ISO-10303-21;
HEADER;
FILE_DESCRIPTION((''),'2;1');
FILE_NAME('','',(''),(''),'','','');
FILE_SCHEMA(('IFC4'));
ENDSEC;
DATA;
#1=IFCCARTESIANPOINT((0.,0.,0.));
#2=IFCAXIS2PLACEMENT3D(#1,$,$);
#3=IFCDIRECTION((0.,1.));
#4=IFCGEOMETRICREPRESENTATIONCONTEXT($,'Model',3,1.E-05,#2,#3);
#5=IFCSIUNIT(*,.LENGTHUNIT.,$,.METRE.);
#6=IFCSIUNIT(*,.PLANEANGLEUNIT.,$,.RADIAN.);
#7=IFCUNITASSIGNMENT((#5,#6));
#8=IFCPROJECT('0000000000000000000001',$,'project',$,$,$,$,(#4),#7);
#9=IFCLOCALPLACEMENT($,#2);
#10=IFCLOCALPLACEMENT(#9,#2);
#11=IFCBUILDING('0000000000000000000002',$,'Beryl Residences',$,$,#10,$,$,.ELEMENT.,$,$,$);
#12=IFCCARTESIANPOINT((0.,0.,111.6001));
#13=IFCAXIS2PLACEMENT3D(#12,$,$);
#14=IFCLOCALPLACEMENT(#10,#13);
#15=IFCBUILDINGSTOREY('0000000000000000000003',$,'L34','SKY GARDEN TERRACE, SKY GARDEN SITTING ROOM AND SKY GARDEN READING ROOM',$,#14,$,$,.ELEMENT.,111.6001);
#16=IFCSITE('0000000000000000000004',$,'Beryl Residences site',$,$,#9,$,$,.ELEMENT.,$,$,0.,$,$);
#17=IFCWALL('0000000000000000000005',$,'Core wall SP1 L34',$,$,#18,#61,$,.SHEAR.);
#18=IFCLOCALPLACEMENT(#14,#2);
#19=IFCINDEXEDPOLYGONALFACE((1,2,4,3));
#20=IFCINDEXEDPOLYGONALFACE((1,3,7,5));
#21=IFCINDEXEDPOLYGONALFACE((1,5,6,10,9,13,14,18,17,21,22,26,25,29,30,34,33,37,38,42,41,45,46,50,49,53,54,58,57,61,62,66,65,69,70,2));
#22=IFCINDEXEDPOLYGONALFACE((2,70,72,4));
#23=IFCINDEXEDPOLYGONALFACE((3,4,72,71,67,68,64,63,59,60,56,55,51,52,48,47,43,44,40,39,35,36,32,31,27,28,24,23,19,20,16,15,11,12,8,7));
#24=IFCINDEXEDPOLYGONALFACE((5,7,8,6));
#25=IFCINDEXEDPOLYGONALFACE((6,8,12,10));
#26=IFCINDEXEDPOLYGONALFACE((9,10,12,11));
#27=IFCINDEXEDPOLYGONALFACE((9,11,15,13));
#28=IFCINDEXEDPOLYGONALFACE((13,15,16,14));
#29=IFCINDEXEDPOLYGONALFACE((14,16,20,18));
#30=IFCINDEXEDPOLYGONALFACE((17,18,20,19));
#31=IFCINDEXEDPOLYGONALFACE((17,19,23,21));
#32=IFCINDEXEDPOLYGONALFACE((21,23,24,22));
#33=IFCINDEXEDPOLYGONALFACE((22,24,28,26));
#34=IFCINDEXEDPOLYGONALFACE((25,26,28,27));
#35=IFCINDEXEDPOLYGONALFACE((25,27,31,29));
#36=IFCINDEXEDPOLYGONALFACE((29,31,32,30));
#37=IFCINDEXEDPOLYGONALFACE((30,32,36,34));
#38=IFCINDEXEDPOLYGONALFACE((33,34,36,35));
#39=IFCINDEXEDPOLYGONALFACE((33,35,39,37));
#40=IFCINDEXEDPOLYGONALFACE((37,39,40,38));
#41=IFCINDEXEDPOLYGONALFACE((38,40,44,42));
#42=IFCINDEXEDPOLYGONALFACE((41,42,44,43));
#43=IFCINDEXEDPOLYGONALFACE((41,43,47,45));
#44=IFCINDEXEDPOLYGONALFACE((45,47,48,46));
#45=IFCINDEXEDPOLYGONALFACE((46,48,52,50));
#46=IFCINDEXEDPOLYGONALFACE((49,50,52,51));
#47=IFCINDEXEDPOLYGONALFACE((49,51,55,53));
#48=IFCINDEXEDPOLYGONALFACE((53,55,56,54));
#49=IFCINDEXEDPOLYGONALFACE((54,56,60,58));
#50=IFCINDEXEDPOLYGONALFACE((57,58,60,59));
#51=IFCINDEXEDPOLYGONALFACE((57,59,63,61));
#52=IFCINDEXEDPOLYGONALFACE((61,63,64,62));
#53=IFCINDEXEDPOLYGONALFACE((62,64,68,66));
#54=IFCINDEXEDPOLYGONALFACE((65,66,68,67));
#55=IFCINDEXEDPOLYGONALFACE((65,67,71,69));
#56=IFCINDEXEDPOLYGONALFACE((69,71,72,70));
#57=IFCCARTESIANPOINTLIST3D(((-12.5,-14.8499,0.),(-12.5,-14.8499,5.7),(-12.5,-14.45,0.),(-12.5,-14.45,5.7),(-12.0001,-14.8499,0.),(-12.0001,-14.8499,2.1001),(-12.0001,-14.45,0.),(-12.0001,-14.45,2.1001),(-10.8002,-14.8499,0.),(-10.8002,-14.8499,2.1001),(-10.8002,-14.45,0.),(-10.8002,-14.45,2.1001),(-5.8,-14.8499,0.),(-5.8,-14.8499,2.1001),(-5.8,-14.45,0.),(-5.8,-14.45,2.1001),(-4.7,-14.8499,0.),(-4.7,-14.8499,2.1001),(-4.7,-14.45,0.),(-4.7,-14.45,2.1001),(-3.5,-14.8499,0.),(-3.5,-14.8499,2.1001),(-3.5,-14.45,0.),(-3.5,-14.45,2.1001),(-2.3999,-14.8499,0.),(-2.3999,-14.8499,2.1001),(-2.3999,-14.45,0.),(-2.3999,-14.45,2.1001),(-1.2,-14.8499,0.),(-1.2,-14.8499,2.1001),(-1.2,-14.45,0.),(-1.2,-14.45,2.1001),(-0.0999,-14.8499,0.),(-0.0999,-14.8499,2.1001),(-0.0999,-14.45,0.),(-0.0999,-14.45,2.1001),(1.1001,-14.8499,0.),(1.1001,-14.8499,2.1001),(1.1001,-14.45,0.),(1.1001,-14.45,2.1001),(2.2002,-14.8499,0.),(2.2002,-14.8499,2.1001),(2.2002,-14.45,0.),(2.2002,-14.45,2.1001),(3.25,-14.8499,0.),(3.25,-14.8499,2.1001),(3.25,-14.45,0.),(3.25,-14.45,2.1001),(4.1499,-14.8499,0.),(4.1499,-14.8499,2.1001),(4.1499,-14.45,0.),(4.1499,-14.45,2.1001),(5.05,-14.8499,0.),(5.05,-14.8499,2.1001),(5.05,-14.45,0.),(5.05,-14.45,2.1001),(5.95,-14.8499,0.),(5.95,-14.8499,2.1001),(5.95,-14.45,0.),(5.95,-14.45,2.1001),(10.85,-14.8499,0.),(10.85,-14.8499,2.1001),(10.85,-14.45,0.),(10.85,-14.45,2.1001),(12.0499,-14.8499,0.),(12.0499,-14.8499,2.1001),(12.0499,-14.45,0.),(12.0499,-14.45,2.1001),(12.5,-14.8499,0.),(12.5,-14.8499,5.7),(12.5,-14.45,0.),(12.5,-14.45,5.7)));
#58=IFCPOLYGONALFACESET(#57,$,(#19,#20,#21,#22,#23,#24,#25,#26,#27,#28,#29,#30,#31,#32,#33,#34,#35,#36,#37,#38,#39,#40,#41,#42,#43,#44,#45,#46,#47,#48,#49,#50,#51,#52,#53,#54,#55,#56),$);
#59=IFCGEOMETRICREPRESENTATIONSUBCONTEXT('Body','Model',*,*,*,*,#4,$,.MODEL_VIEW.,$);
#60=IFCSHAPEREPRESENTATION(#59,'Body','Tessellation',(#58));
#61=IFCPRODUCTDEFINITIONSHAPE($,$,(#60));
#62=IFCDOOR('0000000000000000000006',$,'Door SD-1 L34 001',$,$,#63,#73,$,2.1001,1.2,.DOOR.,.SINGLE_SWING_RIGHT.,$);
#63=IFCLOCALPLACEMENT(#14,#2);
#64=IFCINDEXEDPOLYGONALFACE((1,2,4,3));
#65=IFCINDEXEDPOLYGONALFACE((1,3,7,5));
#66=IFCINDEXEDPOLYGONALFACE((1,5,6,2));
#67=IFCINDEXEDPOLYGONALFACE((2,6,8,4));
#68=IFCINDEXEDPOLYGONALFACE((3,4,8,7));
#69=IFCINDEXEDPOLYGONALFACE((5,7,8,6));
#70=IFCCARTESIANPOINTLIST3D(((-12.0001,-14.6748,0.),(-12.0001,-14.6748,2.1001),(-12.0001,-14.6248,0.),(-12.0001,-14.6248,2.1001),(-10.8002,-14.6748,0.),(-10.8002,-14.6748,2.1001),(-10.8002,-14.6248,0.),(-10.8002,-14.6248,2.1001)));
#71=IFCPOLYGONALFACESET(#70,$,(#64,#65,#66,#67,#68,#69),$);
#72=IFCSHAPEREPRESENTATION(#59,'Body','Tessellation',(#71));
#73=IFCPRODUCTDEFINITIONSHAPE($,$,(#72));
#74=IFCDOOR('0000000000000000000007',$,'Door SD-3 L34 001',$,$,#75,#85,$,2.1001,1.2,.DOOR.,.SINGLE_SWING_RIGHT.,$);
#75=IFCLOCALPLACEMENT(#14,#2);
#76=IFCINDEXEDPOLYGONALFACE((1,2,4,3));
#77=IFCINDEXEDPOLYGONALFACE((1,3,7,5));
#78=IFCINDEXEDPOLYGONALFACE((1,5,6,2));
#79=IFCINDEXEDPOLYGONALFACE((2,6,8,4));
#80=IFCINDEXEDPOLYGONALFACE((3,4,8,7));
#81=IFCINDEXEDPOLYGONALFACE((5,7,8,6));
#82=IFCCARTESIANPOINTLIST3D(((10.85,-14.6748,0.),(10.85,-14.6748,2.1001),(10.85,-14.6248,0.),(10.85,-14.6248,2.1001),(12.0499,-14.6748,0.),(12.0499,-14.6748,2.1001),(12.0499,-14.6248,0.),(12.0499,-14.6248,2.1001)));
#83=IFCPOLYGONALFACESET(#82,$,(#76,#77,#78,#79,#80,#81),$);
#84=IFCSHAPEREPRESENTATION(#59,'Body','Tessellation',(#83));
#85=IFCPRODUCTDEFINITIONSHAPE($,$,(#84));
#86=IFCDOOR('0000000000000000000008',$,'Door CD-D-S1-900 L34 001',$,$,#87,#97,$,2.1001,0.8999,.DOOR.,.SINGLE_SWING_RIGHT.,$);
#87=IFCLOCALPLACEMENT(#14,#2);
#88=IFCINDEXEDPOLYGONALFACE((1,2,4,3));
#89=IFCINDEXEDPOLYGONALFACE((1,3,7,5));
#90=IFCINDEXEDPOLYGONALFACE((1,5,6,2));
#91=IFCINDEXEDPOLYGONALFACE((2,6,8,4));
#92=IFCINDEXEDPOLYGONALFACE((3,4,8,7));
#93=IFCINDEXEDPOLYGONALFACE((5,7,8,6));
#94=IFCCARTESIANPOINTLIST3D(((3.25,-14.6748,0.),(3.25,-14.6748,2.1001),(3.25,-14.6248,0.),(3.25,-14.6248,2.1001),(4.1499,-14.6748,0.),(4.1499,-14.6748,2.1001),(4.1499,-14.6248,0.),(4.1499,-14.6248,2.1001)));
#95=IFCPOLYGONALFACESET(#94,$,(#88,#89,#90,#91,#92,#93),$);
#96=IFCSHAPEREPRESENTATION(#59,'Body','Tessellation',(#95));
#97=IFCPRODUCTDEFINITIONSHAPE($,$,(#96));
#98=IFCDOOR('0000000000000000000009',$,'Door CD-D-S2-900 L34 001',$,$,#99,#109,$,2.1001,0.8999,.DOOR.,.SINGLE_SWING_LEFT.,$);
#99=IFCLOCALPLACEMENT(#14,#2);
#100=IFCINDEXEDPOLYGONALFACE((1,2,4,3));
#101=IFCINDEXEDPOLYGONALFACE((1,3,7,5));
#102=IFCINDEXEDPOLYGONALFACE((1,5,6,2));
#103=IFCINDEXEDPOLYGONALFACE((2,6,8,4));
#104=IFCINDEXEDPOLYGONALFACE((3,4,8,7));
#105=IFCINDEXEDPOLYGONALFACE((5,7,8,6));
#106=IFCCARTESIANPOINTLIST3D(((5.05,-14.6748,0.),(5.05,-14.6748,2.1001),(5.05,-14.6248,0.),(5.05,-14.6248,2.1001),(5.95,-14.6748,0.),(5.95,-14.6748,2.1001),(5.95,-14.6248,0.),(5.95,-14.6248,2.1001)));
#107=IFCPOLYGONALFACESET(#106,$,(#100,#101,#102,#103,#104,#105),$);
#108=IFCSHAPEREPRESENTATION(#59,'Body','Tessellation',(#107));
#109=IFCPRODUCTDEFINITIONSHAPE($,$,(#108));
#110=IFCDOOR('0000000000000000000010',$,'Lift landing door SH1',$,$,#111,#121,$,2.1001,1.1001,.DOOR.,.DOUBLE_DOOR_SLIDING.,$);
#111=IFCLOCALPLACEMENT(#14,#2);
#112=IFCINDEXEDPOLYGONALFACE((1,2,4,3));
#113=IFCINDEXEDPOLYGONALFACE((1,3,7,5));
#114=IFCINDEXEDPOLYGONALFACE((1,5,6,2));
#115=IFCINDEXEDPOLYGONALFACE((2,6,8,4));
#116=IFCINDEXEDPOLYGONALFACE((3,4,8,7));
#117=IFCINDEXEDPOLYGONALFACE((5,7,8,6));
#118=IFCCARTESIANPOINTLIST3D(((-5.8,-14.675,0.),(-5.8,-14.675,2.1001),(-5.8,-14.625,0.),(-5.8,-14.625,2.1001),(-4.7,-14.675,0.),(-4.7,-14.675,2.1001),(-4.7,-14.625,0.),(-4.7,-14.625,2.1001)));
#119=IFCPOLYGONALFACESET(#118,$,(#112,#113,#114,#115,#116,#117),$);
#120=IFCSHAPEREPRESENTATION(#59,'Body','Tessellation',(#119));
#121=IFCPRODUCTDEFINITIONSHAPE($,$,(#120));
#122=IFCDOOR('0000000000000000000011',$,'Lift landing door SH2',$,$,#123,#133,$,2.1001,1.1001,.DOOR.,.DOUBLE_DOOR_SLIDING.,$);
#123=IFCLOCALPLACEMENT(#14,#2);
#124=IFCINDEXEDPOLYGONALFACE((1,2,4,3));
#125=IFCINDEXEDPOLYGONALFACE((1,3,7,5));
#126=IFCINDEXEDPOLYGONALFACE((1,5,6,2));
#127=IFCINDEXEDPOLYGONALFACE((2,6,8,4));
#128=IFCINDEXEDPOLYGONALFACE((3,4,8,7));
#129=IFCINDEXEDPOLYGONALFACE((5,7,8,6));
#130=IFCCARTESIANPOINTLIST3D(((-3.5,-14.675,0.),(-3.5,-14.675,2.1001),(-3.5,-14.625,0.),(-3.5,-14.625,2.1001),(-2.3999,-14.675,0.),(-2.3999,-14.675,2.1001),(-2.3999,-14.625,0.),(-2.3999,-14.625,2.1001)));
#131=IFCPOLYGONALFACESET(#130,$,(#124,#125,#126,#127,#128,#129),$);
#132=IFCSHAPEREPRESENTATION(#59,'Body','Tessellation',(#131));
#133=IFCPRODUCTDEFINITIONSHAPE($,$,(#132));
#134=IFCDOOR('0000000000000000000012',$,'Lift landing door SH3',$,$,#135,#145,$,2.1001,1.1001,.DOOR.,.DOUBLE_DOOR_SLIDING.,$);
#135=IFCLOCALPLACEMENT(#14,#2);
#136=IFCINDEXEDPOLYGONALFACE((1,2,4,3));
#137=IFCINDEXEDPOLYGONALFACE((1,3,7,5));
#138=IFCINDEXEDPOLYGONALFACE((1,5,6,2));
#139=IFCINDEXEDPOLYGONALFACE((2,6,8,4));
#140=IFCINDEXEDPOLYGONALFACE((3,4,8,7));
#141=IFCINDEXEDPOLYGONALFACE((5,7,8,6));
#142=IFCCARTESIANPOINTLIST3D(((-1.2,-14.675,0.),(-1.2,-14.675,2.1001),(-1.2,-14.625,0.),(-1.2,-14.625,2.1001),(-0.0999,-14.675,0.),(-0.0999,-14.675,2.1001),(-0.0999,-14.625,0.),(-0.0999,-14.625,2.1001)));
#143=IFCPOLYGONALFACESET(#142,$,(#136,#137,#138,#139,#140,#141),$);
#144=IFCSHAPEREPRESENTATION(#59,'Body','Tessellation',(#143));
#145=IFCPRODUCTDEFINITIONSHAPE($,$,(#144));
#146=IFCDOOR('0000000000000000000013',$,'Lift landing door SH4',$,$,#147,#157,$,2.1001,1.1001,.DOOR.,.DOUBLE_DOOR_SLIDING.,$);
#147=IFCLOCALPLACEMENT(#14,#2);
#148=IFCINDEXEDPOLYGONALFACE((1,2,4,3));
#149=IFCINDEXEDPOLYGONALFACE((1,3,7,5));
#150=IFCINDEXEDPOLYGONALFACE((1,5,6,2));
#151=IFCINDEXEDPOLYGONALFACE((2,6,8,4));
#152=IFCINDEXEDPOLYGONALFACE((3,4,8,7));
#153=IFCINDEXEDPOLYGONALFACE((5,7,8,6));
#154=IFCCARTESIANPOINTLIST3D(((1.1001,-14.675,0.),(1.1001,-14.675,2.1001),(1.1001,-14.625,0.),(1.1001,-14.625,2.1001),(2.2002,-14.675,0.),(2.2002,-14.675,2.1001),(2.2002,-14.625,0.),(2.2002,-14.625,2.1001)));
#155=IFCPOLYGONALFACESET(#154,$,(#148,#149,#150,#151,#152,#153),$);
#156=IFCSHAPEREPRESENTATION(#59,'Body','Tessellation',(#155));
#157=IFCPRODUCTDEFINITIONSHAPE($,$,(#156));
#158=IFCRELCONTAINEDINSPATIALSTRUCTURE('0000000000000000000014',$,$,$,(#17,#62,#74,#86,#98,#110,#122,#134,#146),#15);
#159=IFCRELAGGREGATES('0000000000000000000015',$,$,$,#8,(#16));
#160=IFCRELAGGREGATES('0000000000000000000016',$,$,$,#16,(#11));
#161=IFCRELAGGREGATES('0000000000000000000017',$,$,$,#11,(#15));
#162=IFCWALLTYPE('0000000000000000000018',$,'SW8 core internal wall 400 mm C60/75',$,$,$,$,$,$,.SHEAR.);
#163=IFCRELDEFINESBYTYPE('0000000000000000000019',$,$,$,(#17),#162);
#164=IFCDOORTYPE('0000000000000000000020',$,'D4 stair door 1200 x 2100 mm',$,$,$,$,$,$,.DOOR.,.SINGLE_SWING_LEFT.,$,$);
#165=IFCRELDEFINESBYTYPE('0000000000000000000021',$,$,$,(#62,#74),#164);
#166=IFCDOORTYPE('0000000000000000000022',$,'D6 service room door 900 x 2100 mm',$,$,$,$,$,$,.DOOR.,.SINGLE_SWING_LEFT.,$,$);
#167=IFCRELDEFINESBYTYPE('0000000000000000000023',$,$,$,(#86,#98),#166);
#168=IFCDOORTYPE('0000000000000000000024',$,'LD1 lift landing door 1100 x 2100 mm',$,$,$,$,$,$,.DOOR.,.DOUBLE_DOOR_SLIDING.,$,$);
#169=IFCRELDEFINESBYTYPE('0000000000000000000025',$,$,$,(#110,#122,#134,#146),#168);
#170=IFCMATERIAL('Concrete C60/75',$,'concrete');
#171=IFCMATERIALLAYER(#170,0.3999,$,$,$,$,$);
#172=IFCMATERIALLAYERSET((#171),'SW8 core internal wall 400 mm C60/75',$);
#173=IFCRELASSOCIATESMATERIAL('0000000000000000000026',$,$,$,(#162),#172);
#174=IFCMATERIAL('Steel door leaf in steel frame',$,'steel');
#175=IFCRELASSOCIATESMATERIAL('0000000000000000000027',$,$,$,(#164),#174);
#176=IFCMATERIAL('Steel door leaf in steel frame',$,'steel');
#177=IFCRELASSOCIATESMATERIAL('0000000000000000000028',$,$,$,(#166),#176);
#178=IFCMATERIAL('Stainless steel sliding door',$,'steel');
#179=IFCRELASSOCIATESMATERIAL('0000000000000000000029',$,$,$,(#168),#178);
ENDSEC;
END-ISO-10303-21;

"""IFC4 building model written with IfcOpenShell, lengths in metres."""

from ifc_helpers import new_model, si_unit, direction, frame, frame_2d, origin, place, context, subcontext, project, spatial, rectangle, extrude, material, layer, layer_set, type_object, element, fill, save


model = new_model("IFC4")

# Units and contexts
model_context = context("Model", 3, precision=1e-05, world=origin(), true_north=direction((0.0, 1.0)))
body_context = subcontext(model_context, "Body", "Model", "MODEL_VIEW")
ifc_project = project(units=[si_unit("LENGTHUNIT", "METRE"), si_unit("PLANEANGLEUNIT", "RADIAN")], contexts=[model_context])

# Site, building, storey
site_placement = place(None, origin())
site = spatial("IfcSite", under=ifc_project, at=site_placement, Name="Beryl Residences site", CompositionType="ELEMENT", RefElevation=0.0)
building_placement = place(site_placement, origin())
building = spatial("IfcBuilding", under=site, at=building_placement, Name="Beryl Residences", CompositionType="ELEMENT")
storey_placement = place(building_placement, frame((0.0, 0.0, 111.6001)))
storey = spatial("IfcBuildingStorey", under=building, at=storey_placement, Name="L34", Description="SKY GARDEN TERRACE, SKY GARDEN SITTING ROOM AND SKY GARDEN READING ROOM", CompositionType="ELEMENT", Elevation=111.6001)

# Wall, openings, doors
ifc_material_1 = material(Name="Concrete C60/75", Category="concrete")
ifc_layer_1 = layer(ifc_material_1, 0.3999)
ifc_layer_set_1 = layer_set([ifc_layer_1], Name="SW8 core internal wall 400 mm C60/75")
wall_type_1 = type_object("IfcWallType", Name="SW8 core internal wall 400 mm C60/75", PredefinedType="SHEAR", material=ifc_layer_set_1)
wall_1_placement = place(storey_placement, frame((-12.5, -14.6499, 0.0), z_axis=(0.0, 0.0, 1.0), x_axis=(1.0, 0.0, 0.0)))
wall_1 = element("IfcWall", 1, at=wall_1_placement, inside=storey, type_object=wall_type_1, Name="Core wall SP1 L34", PredefinedType="SHEAR", context=body_context, shape_type="SweptSolid", body=[
    extrude(rectangle(XDim=25.0, YDim=0.3999, at=frame_2d((12.5, 0.0))), origin(), (0.0, 0.0, 1.0), 5.7),
])
opening_1_placement = place(wall_1_placement, frame((6.7, 0.0, 0.0)))
opening_1 = element("IfcOpeningElement", 2, at=opening_1_placement, cuts=wall_1, PredefinedType="OPENING", context=body_context, shape_type="SweptSolid", body=[
    extrude(rectangle(XDim=1.1001, YDim=2.1001, at=frame_2d((0.55, 1.05))), frame((0.0, 0.21, 0.0), z_axis=(0.0, -1.0, 0.0), x_axis=(1.0, 0.0, 0.0)), (0.0, 0.0, 1.0), 0.4199),
])
opening_2_placement = place(wall_1_placement, frame((9.0, 0.0, 0.0)))
opening_2 = element("IfcOpeningElement", 3, at=opening_2_placement, cuts=wall_1, PredefinedType="OPENING", context=body_context, shape_type="SweptSolid", body=[
    extrude(rectangle(XDim=1.1001, YDim=2.1001, at=frame_2d((0.55, 1.05))), frame((0.0, 0.21, 0.0), z_axis=(0.0, -1.0, 0.0), x_axis=(1.0, 0.0, 0.0)), (0.0, 0.0, 1.0), 0.4199),
])
opening_3_placement = place(wall_1_placement, frame((11.3, 0.0, 0.0)))
opening_3 = element("IfcOpeningElement", 4, at=opening_3_placement, cuts=wall_1, PredefinedType="OPENING", context=body_context, shape_type="SweptSolid", body=[
    extrude(rectangle(XDim=1.1001, YDim=2.1001, at=frame_2d((0.55, 1.05))), frame((0.0, 0.21, 0.0), z_axis=(0.0, -1.0, 0.0), x_axis=(1.0, 0.0, 0.0)), (0.0, 0.0, 1.0), 0.4199),
])
opening_4_placement = place(wall_1_placement, frame((13.6001, 0.0, 0.0)))
opening_4 = element("IfcOpeningElement", 5, at=opening_4_placement, cuts=wall_1, PredefinedType="OPENING", context=body_context, shape_type="SweptSolid", body=[
    extrude(rectangle(XDim=1.1001, YDim=2.1001, at=frame_2d((0.55, 1.05))), frame((0.0, 0.21, 0.0), z_axis=(0.0, -1.0, 0.0), x_axis=(1.0, 0.0, 0.0)), (0.0, 0.0, 1.0), 0.4199),
])
opening_5_placement = place(wall_1_placement, frame((1.7, 0.0, 0.0), z_axis=(0.0, 0.0, 1.0), x_axis=(-1.0, 0.0, 0.0)))
opening_5 = element("IfcOpeningElement", 6, at=opening_5_placement, cuts=wall_1, PredefinedType="OPENING", context=body_context, shape_type="SweptSolid", body=[
    extrude(rectangle(XDim=1.2, YDim=2.1001, at=frame_2d((0.6001, 1.05))), frame((0.0, 0.21, 0.0), z_axis=(0.0, -1.0, 0.0), x_axis=(1.0, 0.0, 0.0)), (0.0, 0.0, 1.0), 0.4199),
])
opening_6_placement = place(wall_1_placement, frame((24.55, 0.0, 0.0), z_axis=(0.0, 0.0, 1.0), x_axis=(-1.0, 0.0, 0.0)))
opening_6 = element("IfcOpeningElement", 7, at=opening_6_placement, cuts=wall_1, PredefinedType="OPENING", context=body_context, shape_type="SweptSolid", body=[
    extrude(rectangle(XDim=1.2, YDim=2.1001, at=frame_2d((0.6001, 1.05))), frame((0.0, 0.21, 0.0), z_axis=(0.0, -1.0, 0.0), x_axis=(1.0, 0.0, 0.0)), (0.0, 0.0, 1.0), 0.4199),
])
opening_7_placement = place(wall_1_placement, frame((16.6499, 0.0, 0.0), z_axis=(0.0, 0.0, 1.0), x_axis=(-1.0, 0.0, 0.0)))
opening_7 = element("IfcOpeningElement", 8, at=opening_7_placement, cuts=wall_1, PredefinedType="OPENING", context=body_context, shape_type="SweptSolid", body=[
    extrude(rectangle(XDim=0.8999, YDim=2.1001, at=frame_2d((0.45, 1.05))), frame((0.0, 0.21, 0.0), z_axis=(0.0, -1.0, 0.0), x_axis=(1.0, 0.0, 0.0)), (0.0, 0.0, 1.0), 0.4199),
])
opening_8_placement = place(wall_1_placement, frame((18.45, 0.0, 0.0), z_axis=(0.0, 0.0, 1.0), x_axis=(-1.0, 0.0, 0.0)))
opening_8 = element("IfcOpeningElement", 9, at=opening_8_placement, cuts=wall_1, PredefinedType="OPENING", context=body_context, shape_type="SweptSolid", body=[
    extrude(rectangle(XDim=0.8999, YDim=2.1001, at=frame_2d((0.45, 1.05))), frame((0.0, 0.21, 0.0), z_axis=(0.0, -1.0, 0.0), x_axis=(1.0, 0.0, 0.0)), (0.0, 0.0, 1.0), 0.4199),
])
ifc_material_2 = material(Name="Steel door leaf in steel frame", Category="steel")
door_type_1 = type_object("IfcDoorType", Name="D4 stair door 1200 x 2100 mm", OperationType="SINGLE_SWING_LEFT", PredefinedType="DOOR", material=ifc_material_2)
door_1_placement = place(opening_5_placement, origin())
door_1 = element("IfcDoor", 10, at=door_1_placement, inside=storey, type_object=door_type_1, Name="Door SD-1 L34 001", OperationType="SINGLE_SWING_RIGHT", OverallHeight=2.1001, OverallWidth=1.2, PredefinedType="DOOR", context=body_context, shape_type="SweptSolid", body=[
    extrude(rectangle(XDim=1.2, YDim=2.1001, at=frame_2d((0.6001, 1.05))), frame((0.0, 0.0249, 0.0), z_axis=(0.0, -1.0, 0.0), x_axis=(1.0, 0.0, 0.0)), (0.0, 0.0, 1.0), 0.05),
])
fill(opening_5, door_1)
door_2_placement = place(opening_6_placement, origin())
door_2 = element("IfcDoor", 11, at=door_2_placement, inside=storey, type_object=door_type_1, Name="Door SD-3 L34 001", OperationType="SINGLE_SWING_RIGHT", OverallHeight=2.1001, OverallWidth=1.2, PredefinedType="DOOR", context=body_context, shape_type="SweptSolid", body=[
    extrude(rectangle(XDim=1.2, YDim=2.1001, at=frame_2d((0.6001, 1.05))), frame((0.0, 0.0249, 0.0), z_axis=(0.0, -1.0, 0.0), x_axis=(1.0, 0.0, 0.0)), (0.0, 0.0, 1.0), 0.05),
])
fill(opening_6, door_2)
ifc_material_3 = material(Name="Steel door leaf in steel frame", Category="steel")
door_type_2 = type_object("IfcDoorType", Name="D6 service room door 900 x 2100 mm", OperationType="SINGLE_SWING_LEFT", PredefinedType="DOOR", material=ifc_material_3)
door_3_placement = place(opening_7_placement, origin())
door_3 = element("IfcDoor", 12, at=door_3_placement, inside=storey, type_object=door_type_2, Name="Door CD-D-S1-900 L34 001", OperationType="SINGLE_SWING_RIGHT", OverallHeight=2.1001, OverallWidth=0.8999, PredefinedType="DOOR", context=body_context, shape_type="SweptSolid", body=[
    extrude(rectangle(XDim=0.8999, YDim=2.1001, at=frame_2d((0.45, 1.05))), frame((0.0, 0.0249, 0.0), z_axis=(0.0, -1.0, 0.0), x_axis=(1.0, 0.0, 0.0)), (0.0, 0.0, 1.0), 0.05),
])
fill(opening_7, door_3)
door_4_placement = place(opening_8_placement, origin())
door_4 = element("IfcDoor", 13, at=door_4_placement, inside=storey, type_object=door_type_2, Name="Door CD-D-S2-900 L34 001", OperationType="SINGLE_SWING_LEFT", OverallHeight=2.1001, OverallWidth=0.8999, PredefinedType="DOOR", context=body_context, shape_type="SweptSolid", body=[
    extrude(rectangle(XDim=0.8999, YDim=2.1001, at=frame_2d((0.45, 1.05))), frame((0.0, 0.0249, 0.0), z_axis=(0.0, -1.0, 0.0), x_axis=(1.0, 0.0, 0.0)), (0.0, 0.0, 1.0), 0.05),
])
fill(opening_8, door_4)
ifc_material_4 = material(Name="Stainless steel sliding door", Category="steel")
door_type_3 = type_object("IfcDoorType", Name="LD1 lift landing door 1100 x 2100 mm", OperationType="DOUBLE_DOOR_SLIDING", PredefinedType="DOOR", material=ifc_material_4)
door_5_placement = place(opening_1_placement, origin())
door_5 = element("IfcDoor", 14, at=door_5_placement, inside=storey, type_object=door_type_3, Name="Lift landing door SH1", OperationType="DOUBLE_DOOR_SLIDING", OverallHeight=2.1001, OverallWidth=1.1001, PredefinedType="DOOR", context=body_context, shape_type="SweptSolid", body=[
    extrude(rectangle(XDim=1.1001, YDim=2.1001, at=frame_2d((0.55, 1.05))), frame((0.0, 0.0249, 0.0), z_axis=(0.0, -1.0, 0.0), x_axis=(1.0, 0.0, 0.0)), (0.0, 0.0, 1.0), 0.05),
])
fill(opening_1, door_5)
door_6_placement = place(opening_2_placement, origin())
door_6 = element("IfcDoor", 15, at=door_6_placement, inside=storey, type_object=door_type_3, Name="Lift landing door SH2", OperationType="DOUBLE_DOOR_SLIDING", OverallHeight=2.1001, OverallWidth=1.1001, PredefinedType="DOOR", context=body_context, shape_type="SweptSolid", body=[
    extrude(rectangle(XDim=1.1001, YDim=2.1001, at=frame_2d((0.55, 1.05))), frame((0.0, 0.0249, 0.0), z_axis=(0.0, -1.0, 0.0), x_axis=(1.0, 0.0, 0.0)), (0.0, 0.0, 1.0), 0.05),
])
fill(opening_2, door_6)
door_7_placement = place(opening_3_placement, origin())
door_7 = element("IfcDoor", 16, at=door_7_placement, inside=storey, type_object=door_type_3, Name="Lift landing door SH3", OperationType="DOUBLE_DOOR_SLIDING", OverallHeight=2.1001, OverallWidth=1.1001, PredefinedType="DOOR", context=body_context, shape_type="SweptSolid", body=[
    extrude(rectangle(XDim=1.1001, YDim=2.1001, at=frame_2d((0.55, 1.05))), frame((0.0, 0.0249, 0.0), z_axis=(0.0, -1.0, 0.0), x_axis=(1.0, 0.0, 0.0)), (0.0, 0.0, 1.0), 0.05),
])
fill(opening_3, door_7)
door_8_placement = place(opening_4_placement, origin())
door_8 = element("IfcDoor", 17, at=door_8_placement, inside=storey, type_object=door_type_3, Name="Lift landing door SH4", OperationType="DOUBLE_DOOR_SLIDING", OverallHeight=2.1001, OverallWidth=1.1001, PredefinedType="DOOR", context=body_context, shape_type="SweptSolid", body=[
    extrude(rectangle(XDim=1.1001, YDim=2.1001, at=frame_2d((0.55, 1.05))), frame((0.0, 0.0249, 0.0), z_axis=(0.0, -1.0, 0.0), x_axis=(1.0, 0.0, 0.0)), (0.0, 0.0, 1.0), 0.05),
])
fill(opening_4, door_8)

save(model, "model.ifc")
